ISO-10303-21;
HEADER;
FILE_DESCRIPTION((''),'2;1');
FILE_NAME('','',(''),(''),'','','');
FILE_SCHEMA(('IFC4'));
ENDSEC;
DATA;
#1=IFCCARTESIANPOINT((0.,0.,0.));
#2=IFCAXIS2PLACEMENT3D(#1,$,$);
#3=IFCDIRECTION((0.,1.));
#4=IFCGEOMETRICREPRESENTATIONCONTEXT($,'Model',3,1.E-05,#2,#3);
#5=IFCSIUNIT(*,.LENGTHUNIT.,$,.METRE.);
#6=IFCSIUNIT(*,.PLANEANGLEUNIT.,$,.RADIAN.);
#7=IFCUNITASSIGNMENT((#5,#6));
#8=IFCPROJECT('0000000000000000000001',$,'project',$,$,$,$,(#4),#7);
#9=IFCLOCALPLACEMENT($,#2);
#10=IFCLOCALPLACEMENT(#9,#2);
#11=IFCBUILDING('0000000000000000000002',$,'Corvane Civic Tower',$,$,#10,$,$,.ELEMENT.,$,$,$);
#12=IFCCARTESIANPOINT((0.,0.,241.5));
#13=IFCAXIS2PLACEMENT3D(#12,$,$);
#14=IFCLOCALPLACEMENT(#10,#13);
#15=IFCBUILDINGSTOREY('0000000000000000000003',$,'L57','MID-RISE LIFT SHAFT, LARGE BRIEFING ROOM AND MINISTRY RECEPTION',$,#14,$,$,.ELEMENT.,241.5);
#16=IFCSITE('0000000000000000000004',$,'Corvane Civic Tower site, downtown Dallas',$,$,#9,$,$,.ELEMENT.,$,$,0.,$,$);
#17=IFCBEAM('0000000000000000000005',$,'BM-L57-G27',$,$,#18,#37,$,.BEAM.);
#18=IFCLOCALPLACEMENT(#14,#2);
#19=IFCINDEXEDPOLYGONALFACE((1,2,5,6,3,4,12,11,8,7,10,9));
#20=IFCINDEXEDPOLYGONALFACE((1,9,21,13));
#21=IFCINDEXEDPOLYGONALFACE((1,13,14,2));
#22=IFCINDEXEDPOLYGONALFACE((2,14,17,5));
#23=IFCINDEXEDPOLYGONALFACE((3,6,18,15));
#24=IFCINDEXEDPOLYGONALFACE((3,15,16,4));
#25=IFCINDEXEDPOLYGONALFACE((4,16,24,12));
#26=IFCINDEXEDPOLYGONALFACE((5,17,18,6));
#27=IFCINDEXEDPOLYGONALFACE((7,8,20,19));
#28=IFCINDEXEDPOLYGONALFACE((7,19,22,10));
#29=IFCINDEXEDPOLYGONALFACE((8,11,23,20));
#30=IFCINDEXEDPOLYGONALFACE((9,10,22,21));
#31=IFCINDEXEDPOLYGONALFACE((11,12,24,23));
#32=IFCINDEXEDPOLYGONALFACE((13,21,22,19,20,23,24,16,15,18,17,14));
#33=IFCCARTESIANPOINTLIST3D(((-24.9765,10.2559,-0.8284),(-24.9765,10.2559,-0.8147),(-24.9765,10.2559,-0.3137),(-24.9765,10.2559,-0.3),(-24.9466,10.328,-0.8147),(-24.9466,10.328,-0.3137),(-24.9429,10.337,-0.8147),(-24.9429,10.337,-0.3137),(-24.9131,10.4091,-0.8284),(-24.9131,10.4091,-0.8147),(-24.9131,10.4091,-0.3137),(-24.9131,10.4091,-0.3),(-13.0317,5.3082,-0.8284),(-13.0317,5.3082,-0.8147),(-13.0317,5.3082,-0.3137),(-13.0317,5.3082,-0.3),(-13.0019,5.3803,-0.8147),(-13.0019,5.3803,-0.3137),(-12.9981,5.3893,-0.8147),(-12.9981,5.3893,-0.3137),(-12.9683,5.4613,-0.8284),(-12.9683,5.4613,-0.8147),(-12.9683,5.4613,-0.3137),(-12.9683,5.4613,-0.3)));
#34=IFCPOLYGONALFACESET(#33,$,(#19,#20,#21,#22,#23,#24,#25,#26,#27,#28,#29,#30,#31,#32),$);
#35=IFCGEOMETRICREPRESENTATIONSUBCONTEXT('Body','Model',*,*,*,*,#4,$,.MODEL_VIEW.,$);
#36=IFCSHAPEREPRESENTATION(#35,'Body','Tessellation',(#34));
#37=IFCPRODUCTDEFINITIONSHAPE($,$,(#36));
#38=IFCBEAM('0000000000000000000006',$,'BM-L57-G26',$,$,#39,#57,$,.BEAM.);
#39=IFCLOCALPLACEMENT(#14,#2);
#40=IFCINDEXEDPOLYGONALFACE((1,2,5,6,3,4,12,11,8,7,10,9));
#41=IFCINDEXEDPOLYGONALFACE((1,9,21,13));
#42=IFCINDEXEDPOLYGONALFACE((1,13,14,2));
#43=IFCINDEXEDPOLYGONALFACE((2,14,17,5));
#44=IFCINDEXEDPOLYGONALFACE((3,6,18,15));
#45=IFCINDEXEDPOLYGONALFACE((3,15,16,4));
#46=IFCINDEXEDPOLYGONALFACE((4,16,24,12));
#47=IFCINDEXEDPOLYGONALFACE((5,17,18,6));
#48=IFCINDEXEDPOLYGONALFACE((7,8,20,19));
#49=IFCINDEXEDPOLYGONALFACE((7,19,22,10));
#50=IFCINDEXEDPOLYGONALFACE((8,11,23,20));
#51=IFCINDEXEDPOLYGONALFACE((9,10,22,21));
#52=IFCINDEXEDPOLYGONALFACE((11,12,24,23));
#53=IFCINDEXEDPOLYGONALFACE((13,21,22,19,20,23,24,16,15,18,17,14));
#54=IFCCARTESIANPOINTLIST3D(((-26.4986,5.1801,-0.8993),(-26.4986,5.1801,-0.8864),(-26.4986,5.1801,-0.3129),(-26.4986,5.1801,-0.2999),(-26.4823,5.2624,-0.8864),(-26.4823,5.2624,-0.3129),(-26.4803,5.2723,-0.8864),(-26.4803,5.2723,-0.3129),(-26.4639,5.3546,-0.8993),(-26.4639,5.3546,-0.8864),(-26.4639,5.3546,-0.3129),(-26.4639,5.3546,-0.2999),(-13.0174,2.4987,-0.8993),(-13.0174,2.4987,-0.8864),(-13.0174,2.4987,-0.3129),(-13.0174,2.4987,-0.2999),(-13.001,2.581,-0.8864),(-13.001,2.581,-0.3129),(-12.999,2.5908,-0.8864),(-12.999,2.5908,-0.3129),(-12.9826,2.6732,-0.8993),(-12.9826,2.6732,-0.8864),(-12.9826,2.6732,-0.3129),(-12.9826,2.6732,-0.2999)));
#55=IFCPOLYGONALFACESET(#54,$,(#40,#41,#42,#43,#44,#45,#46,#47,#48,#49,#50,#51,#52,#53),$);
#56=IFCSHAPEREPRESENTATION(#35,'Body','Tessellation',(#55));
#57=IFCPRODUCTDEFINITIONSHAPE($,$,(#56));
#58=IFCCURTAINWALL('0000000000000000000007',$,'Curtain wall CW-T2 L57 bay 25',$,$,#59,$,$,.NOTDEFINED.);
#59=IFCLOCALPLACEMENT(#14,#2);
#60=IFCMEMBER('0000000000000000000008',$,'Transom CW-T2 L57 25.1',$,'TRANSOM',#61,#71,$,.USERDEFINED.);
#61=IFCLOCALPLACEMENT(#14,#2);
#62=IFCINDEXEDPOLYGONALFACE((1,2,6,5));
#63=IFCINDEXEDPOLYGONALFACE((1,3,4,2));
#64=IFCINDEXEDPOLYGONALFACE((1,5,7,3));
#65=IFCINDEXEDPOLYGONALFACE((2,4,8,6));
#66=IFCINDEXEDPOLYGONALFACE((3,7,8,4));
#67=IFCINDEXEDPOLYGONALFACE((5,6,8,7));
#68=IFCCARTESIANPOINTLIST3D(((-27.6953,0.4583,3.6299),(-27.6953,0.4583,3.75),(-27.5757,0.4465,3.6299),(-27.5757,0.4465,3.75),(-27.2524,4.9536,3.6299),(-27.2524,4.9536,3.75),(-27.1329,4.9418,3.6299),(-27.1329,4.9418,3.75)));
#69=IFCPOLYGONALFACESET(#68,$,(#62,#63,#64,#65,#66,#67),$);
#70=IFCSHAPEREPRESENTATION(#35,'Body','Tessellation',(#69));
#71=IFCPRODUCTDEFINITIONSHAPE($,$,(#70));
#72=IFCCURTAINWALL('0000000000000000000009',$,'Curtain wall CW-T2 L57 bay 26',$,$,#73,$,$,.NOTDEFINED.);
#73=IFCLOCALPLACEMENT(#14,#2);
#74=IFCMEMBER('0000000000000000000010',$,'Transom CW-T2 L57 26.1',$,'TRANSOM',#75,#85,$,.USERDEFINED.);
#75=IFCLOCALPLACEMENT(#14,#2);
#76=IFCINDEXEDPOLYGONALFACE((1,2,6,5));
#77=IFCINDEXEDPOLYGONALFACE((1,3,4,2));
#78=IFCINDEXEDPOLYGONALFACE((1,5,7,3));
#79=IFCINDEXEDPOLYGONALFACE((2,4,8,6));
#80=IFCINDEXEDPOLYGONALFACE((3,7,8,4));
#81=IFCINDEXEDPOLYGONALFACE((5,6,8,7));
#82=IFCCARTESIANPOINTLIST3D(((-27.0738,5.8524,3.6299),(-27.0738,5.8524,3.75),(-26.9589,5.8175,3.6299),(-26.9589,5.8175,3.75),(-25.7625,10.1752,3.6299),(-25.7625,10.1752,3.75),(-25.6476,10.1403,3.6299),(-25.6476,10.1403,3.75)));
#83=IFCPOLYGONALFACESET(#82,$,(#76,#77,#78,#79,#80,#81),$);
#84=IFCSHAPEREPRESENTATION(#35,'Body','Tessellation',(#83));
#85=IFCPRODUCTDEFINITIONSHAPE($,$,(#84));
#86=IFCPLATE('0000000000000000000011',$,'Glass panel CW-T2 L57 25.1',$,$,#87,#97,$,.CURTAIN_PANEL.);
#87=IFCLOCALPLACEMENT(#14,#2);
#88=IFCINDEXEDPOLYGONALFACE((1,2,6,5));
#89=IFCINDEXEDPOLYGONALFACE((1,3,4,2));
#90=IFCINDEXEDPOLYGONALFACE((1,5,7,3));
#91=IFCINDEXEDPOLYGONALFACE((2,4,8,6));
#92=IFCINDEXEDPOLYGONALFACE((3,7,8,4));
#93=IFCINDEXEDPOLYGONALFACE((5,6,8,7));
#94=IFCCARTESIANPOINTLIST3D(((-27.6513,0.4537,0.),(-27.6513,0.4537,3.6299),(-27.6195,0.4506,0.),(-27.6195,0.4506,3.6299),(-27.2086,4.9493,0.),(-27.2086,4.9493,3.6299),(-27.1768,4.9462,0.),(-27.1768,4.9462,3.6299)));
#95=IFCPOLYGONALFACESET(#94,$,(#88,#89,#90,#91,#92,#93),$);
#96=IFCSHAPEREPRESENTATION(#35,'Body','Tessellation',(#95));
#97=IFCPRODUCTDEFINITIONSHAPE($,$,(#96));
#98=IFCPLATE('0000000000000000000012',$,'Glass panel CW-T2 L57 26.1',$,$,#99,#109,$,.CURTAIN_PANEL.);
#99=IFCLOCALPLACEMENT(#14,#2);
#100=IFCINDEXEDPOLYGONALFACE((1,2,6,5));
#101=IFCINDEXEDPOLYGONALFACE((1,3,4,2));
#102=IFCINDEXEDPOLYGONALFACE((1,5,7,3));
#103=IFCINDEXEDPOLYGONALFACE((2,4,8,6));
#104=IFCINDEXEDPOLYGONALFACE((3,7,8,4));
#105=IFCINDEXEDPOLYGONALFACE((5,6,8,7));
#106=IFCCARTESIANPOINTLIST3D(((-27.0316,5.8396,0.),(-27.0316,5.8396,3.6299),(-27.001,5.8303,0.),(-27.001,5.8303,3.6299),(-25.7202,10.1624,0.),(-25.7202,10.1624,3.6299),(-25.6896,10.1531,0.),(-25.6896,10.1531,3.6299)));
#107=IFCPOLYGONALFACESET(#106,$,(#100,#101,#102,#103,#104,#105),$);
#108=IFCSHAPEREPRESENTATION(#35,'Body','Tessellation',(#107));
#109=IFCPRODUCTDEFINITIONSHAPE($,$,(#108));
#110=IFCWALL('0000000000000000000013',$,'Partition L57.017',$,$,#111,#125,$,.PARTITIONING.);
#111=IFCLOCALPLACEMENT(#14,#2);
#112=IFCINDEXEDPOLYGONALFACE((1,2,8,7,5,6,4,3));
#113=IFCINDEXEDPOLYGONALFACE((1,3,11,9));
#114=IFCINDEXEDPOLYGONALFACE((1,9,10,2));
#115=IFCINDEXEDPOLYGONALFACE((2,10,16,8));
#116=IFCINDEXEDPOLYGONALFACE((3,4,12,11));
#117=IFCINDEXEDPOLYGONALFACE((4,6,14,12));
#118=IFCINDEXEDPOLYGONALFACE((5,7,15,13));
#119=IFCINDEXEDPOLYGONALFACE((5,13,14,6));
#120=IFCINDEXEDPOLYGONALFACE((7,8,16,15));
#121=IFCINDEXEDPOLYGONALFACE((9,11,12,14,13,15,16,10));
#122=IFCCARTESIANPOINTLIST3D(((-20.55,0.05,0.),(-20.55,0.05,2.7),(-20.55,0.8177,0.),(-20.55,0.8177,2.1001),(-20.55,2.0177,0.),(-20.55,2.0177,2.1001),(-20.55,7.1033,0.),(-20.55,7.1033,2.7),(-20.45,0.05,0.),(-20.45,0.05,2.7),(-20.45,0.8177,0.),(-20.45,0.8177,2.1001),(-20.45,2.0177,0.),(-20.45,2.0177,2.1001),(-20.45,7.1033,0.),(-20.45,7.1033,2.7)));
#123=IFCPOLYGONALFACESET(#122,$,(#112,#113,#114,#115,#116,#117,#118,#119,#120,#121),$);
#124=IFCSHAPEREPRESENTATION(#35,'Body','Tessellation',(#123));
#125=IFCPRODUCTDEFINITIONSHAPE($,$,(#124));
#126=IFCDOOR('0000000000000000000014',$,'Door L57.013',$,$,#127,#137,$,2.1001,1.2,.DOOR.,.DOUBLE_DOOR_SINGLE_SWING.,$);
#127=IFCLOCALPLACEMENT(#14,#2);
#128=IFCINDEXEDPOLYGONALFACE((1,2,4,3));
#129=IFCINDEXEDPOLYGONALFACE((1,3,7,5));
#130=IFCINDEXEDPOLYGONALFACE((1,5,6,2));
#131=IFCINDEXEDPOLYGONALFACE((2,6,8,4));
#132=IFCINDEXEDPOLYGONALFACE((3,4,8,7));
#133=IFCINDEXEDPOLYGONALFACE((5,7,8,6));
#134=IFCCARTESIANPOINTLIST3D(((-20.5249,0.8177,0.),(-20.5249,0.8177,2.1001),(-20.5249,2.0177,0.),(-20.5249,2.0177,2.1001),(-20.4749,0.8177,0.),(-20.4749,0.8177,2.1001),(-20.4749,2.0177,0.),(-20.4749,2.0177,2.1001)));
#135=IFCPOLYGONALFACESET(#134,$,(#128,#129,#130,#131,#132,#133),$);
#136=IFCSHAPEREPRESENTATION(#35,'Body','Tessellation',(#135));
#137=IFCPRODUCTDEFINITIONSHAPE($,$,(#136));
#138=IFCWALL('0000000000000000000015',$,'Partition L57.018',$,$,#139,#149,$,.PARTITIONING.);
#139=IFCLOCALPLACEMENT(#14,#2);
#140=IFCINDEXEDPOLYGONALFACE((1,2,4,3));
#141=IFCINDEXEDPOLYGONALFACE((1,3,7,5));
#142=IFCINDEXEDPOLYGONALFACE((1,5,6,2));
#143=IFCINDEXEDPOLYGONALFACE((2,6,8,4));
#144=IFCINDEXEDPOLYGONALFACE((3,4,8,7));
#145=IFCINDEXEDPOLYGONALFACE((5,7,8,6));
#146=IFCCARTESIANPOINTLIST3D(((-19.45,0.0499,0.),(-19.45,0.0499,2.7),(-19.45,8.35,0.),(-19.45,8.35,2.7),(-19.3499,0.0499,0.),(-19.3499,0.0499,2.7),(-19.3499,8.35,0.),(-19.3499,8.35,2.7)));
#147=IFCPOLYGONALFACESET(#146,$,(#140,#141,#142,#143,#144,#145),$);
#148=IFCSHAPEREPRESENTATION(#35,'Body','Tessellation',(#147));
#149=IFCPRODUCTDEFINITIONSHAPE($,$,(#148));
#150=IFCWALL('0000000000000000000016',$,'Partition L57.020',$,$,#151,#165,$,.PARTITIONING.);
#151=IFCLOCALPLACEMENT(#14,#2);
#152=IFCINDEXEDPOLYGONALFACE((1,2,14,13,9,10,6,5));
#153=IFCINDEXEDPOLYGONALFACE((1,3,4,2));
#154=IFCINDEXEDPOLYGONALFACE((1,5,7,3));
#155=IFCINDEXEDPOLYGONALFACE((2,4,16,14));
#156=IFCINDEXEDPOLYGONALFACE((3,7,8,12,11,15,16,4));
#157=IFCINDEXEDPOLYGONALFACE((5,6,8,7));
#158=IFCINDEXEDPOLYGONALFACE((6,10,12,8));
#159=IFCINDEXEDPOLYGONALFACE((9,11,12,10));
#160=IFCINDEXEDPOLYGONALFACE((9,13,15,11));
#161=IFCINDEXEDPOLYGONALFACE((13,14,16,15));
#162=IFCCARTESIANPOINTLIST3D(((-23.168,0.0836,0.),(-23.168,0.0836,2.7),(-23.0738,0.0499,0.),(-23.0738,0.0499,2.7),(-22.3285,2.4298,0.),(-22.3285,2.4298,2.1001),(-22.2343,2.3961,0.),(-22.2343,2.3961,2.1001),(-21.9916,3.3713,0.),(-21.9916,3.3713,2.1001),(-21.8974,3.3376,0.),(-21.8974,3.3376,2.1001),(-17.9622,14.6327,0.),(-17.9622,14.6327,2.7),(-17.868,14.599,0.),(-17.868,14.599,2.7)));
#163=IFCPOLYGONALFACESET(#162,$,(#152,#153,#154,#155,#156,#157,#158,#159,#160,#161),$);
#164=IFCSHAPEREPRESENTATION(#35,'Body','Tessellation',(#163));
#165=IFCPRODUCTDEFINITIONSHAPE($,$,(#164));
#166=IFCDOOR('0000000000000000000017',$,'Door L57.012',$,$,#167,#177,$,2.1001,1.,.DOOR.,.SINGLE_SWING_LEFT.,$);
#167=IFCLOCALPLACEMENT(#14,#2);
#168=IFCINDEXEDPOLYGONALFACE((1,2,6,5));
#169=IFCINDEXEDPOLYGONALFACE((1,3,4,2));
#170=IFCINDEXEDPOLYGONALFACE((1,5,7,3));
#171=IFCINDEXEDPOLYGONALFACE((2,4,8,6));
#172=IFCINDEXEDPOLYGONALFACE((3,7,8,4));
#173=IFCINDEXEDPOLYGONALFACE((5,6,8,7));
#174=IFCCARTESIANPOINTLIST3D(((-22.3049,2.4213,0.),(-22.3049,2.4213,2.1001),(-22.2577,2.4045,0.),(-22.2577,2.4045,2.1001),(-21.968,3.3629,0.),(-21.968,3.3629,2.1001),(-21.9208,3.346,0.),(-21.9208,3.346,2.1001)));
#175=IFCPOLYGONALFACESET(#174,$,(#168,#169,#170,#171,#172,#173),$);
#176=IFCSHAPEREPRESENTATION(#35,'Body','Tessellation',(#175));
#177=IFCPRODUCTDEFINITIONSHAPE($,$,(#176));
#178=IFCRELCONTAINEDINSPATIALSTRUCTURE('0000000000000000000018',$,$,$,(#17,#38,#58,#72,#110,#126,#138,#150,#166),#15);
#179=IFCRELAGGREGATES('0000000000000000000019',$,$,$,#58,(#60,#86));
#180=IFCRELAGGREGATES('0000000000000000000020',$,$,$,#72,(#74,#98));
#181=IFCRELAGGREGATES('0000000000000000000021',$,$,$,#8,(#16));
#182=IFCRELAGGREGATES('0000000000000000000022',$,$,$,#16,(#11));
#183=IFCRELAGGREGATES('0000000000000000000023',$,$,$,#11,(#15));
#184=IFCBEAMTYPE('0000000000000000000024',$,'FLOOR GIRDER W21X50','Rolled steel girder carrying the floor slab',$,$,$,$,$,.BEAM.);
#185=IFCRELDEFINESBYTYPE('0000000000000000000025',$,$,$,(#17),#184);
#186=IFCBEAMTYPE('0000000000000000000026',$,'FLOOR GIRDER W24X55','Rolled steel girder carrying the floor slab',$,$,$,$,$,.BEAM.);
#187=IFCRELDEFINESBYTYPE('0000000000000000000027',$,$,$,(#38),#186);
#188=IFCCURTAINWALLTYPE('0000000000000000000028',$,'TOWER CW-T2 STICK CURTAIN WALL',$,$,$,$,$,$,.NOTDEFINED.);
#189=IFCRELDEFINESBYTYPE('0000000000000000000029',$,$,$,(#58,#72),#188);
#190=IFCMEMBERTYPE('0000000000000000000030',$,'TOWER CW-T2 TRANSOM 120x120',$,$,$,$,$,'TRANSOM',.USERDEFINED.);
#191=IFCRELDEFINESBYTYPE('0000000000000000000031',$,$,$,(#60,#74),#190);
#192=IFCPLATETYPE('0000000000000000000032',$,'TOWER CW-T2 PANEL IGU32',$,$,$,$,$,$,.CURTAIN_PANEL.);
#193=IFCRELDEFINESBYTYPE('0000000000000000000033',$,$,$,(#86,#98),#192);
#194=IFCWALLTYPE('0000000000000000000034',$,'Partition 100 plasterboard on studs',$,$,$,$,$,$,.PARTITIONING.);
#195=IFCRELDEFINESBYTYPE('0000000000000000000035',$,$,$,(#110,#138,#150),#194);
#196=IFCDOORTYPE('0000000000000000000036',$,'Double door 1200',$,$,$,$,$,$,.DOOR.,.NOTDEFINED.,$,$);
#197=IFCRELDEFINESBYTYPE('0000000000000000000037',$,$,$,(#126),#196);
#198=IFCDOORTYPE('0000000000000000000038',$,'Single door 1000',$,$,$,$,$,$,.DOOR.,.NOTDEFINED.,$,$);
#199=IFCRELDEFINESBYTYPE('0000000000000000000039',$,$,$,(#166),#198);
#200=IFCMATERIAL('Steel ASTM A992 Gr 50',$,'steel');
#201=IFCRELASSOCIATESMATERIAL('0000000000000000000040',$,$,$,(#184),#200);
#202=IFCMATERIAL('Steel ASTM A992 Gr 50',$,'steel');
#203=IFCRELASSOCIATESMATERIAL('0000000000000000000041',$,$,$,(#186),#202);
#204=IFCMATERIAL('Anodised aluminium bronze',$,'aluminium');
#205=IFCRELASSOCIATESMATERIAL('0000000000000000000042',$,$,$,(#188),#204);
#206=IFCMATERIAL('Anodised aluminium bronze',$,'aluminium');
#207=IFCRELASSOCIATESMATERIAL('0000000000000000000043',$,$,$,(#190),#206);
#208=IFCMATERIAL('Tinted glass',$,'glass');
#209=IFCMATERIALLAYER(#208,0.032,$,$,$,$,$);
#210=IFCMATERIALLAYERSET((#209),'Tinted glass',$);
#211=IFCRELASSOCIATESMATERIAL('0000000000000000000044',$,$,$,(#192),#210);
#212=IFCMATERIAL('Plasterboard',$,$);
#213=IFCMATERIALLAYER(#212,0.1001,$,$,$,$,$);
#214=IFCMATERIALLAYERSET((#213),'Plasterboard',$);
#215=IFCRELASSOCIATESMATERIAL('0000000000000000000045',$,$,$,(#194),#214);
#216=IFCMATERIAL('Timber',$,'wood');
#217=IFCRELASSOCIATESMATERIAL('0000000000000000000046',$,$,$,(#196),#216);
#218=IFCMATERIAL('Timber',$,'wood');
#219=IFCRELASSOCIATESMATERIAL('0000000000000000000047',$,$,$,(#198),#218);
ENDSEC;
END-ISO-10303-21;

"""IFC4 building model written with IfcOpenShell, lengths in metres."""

from ifc_helpers import new_model, si_unit, direction, frame, frame_2d, origin, origin_2d, place, context, subcontext, project, spatial, rectangle, i_section, extrude, material, layer, layer_set, material_profile, profile_set, type_object, element, fill, aggregate, save


model = new_model("IFC4")

# Units and contexts
model_context = context("Model", 3, precision=1e-05, world=origin(), true_north=direction((0.0, 1.0)))
body_context = subcontext(model_context, "Body", "Model", "MODEL_VIEW")
ifc_project = project(units=[si_unit("LENGTHUNIT", "METRE"), si_unit("PLANEANGLEUNIT", "RADIAN")], contexts=[model_context])

# Site, building, storey
site_placement = place(None, origin())
site = spatial("IfcSite", under=ifc_project, at=site_placement, Name="Corvane Civic Tower site, downtown Dallas", CompositionType="ELEMENT", RefElevation=0.0)
building_placement = place(site_placement, origin())
building = spatial("IfcBuilding", under=site, at=building_placement, Name="Corvane Civic Tower", CompositionType="ELEMENT")
storey_placement = place(building_placement, frame((0.0, 0.0, 241.5)))
storey = spatial("IfcBuildingStorey", under=building, at=storey_placement, Name="L57", Description="MID-RISE LIFT SHAFT, LARGE BRIEFING ROOM AND MINISTRY RECEPTION", CompositionType="ELEMENT", Elevation=241.5)

# Beams
ifc_material_1 = material(Name="Steel ASTM A992 Gr 50", Category="steel")
ifc_material_profile_1 = material_profile(ifc_material_1, i_section(OverallWidth=0.1658, OverallDepth=0.5283, WebThickness=0.0098, FlangeThickness=0.0137, at=origin_2d()), Name="W21X50")
ifc_profile_set_1 = profile_set([ifc_material_profile_1], Name="Steel ASTM A992 Gr 50")
beam_type_1 = type_object("IfcBeamType", Name="FLOOR GIRDER W21X50", Description="Rolled steel girder carrying the floor slab", PredefinedType="BEAM", material=ifc_profile_set_1)
beam_1_placement = place(storey_placement, frame((-13.0, 5.3848, -0.5642), z_axis=(-0.923878, 0.382686, 0.0), x_axis=(-0.382686, -0.923878, 0.0)))
element("IfcBeam", 1, at=beam_1_placement, inside=storey, type_object=beam_type_1, Name="BM-L57-G27", PredefinedType="BEAM", context=body_context, shape_type="SweptSolid", body=[
    extrude(i_section(OverallWidth=0.1658, OverallDepth=0.5283, WebThickness=0.0098, FlangeThickness=0.0137, at=origin_2d()), origin(), (0.0, 0.0, 1.0), 12.929),
])
ifc_material_2 = material(Name="Steel ASTM A992 Gr 50", Category="steel")
ifc_material_profile_2 = material_profile(ifc_material_2, i_section(OverallWidth=0.178, OverallDepth=0.5994, WebThickness=0.01, FlangeThickness=0.0129, at=origin_2d()), Name="W24X55")
ifc_profile_set_2 = profile_set([ifc_material_profile_2], Name="Steel ASTM A992 Gr 50")
beam_type_2 = type_object("IfcBeamType", Name="FLOOR GIRDER W24X55", Description="Rolled steel girder carrying the floor slab", PredefinedType="BEAM", material=ifc_profile_set_2)
beam_2_placement = place(storey_placement, frame((-13.0, 2.5859, -0.5996), z_axis=(-0.980788, 0.195078, 0.0), x_axis=(-0.195078, -0.980788, 0.0)))
element("IfcBeam", 2, at=beam_2_placement, inside=storey, type_object=beam_type_2, Name="BM-L57-G26", PredefinedType="BEAM", context=body_context, shape_type="SweptSolid", body=[
    extrude(i_section(OverallWidth=0.178, OverallDepth=0.5994, WebThickness=0.01, FlangeThickness=0.0129, at=origin_2d()), origin(), (0.0, 0.0, 1.0), 13.7454),
])

# Curtain walls, members
ifc_material_3 = material(Name="Anodised aluminium bronze", Category="aluminium")
curtain_wall_type = type_object("IfcCurtainWallType", Name="TOWER CW-T2 STICK CURTAIN WALL", PredefinedType="NOTDEFINED", material=ifc_material_3)
curtain_wall_1_placement = place(storey_placement, origin())
curtain_wall_1 = element("IfcCurtainWall", 3, at=curtain_wall_1_placement, inside=storey, type_object=curtain_wall_type, Name="Curtain wall CW-T2 L57 bay 25", PredefinedType="NOTDEFINED")
ifc_material_4 = material(Name="Anodised aluminium bronze", Category="aluminium")
ifc_material_profile_3 = material_profile(ifc_material_4, rectangle(XDim=0.1201, YDim=0.1201, at=origin_2d()), Name="TOWER CW-T2 TRANSOM 120x120")
ifc_profile_set_3 = profile_set([ifc_material_profile_3], Name="Anodised aluminium bronze")
member_type = type_object("IfcMemberType", Name="TOWER CW-T2 TRANSOM 120x120", ElementType="TRANSOM", PredefinedType="USERDEFINED", material=ifc_profile_set_3)
member_1_placement = place(storey_placement, frame((-27.6355, 0.4524, 3.6899), z_axis=(0.098043, 0.995182, 0.0), x_axis=(-0.995182, 0.098043, 0.0)))
member_1 = element("IfcMember", 4, at=member_1_placement, type_object=member_type, Name="Transom CW-T2 L57 25.1", ObjectType="TRANSOM", PredefinedType="USERDEFINED", context=body_context, shape_type="SweptSolid", body=[
    extrude(rectangle(XDim=0.1201, YDim=0.1201, at=origin_2d()), origin(), (0.0, 0.0, 1.0), 4.5171),
])
curtain_wall_2_placement = place(storey_placement, origin())
curtain_wall_2 = element("IfcCurtainWall", 5, at=curtain_wall_2_placement, inside=storey, type_object=curtain_wall_type, Name="Curtain wall CW-T2 L57 bay 26", PredefinedType="NOTDEFINED")
member_2_placement = place(storey_placement, frame((-27.0164, 5.835, 3.6899), z_axis=(0.290282, 0.956941, 0.0), x_axis=(-0.956941, 0.290282, 0.0)))
member_2 = element("IfcMember", 6, at=member_2_placement, type_object=member_type, Name="Transom CW-T2 L57 26.1", ObjectType="TRANSOM", PredefinedType="USERDEFINED", context=body_context, shape_type="SweptSolid", body=[
    extrude(rectangle(XDim=0.1201, YDim=0.1201, at=origin_2d()), origin(), (0.0, 0.0, 1.0), 4.5173),
])

# Plates
ifc_material_5 = material(Name="Tinted glass", Category="glass")
ifc_layer_1 = layer(ifc_material_5, 0.032)
ifc_layer_set_1 = layer_set([ifc_layer_1], Name="Tinted glass")
plate_type = type_object("IfcPlateType", Name="TOWER CW-T2 PANEL IGU32", PredefinedType="CURTAIN_PANEL", material=ifc_layer_set_1)
plate_1_placement = place(storey_placement, frame((-27.4141, 2.7, 0.0), z_axis=(0.0, 0.0, 1.0), x_axis=(0.097993, 0.995187, 0.0)))
plate_1 = element("IfcPlate", 7, at=plate_1_placement, type_object=plate_type, Name="Glass panel CW-T2 L57 25.1", PredefinedType="CURTAIN_PANEL", context=body_context, shape_type="SweptSolid", body=[
    extrude(rectangle(XDim=4.5173, YDim=0.032, at=origin_2d()), origin(), (0.0, 0.0, 1.0), 3.6299),
])
aggregate(curtain_wall_1, [member_1, plate_1])
plate_2_placement = place(storey_placement, frame((-26.3606, 7.9963, 0.0), z_axis=(0.0, 0.0, 1.0), x_axis=(0.29029, 0.956939, 0.0)))
plate_2 = element("IfcPlate", 8, at=plate_2_placement, type_object=plate_type, Name="Glass panel CW-T2 L57 26.1", PredefinedType="CURTAIN_PANEL", context=body_context, shape_type="SweptSolid", body=[
    extrude(rectangle(XDim=4.5173, YDim=0.032, at=origin_2d()), origin(), (0.0, 0.0, 1.0), 3.6299),
])
aggregate(curtain_wall_2, [member_2, plate_2])

# Wall, opening, door
ifc_material_6 = material(Name="Plasterboard")
ifc_layer_2 = layer(ifc_material_6, 0.1001)
ifc_layer_set_2 = layer_set([ifc_layer_2], Name="Plasterboard")
wall_type = type_object("IfcWallType", Name="Partition 100 plasterboard on studs", PredefinedType="PARTITIONING", material=ifc_layer_set_2)
wall_1_placement = place(storey_placement, frame((-20.5, 0.05, 0.0), z_axis=(0.0, 0.0, 1.0), x_axis=(0.0, 1.0, 0.0)))
wall_1 = element("IfcWall", 9, at=wall_1_placement, inside=storey, type_object=wall_type, Name="Partition L57.017", PredefinedType="PARTITIONING", context=body_context, shape_type="SweptSolid", body=[
    extrude(rectangle(XDim=7.0532, YDim=0.1001, at=frame_2d((3.5266, 0.0))), origin(), (0.0, 0.0, 1.0), 2.7),
])
opening_1_placement = place(wall_1_placement, frame((0.7676, 0.0, 0.0)))
opening_1 = element("IfcOpeningElement", 10, at=opening_1_placement, cuts=wall_1, PredefinedType="OPENING", context=body_context, shape_type="SweptSolid", body=[
    extrude(rectangle(XDim=1.2, YDim=2.1001, at=frame_2d((0.6001, 1.05))), frame((0.0, 0.0601, 0.0), z_axis=(0.0, -1.0, 0.0), x_axis=(1.0, 0.0, 0.0)), (0.0, 0.0, 1.0), 0.1201),
])
ifc_material_7 = material(Name="Timber", Category="wood")
door_type_1 = type_object("IfcDoorType", Name="Double door 1200", OperationType="NOTDEFINED", PredefinedType="DOOR", material=ifc_material_7)
door_1_placement = place(opening_1_placement, origin())
door_1 = element("IfcDoor", 11, at=door_1_placement, inside=storey, type_object=door_type_1, Name="Door L57.013", OperationType="DOUBLE_DOOR_SINGLE_SWING", OverallHeight=2.1001, OverallWidth=1.2, PredefinedType="DOOR", context=body_context, shape_type="SweptSolid", body=[
    extrude(rectangle(XDim=1.2, YDim=2.1001, at=frame_2d((0.6001, 1.05))), frame((0.0, 0.0249, 0.0), z_axis=(0.0, -1.0, 0.0), x_axis=(1.0, 0.0, 0.0)), (0.0, 0.0, 1.0), 0.05),
])
fill(opening_1, door_1)

# Wall
wall_2_placement = place(storey_placement, frame((-19.3999, 0.05, 0.0), z_axis=(0.0, 0.0, 1.0), x_axis=(0.0, 1.0, 0.0)))
element("IfcWall", 12, at=wall_2_placement, inside=storey, type_object=wall_type, Name="Partition L57.018", PredefinedType="PARTITIONING", context=body_context, shape_type="SweptSolid", body=[
    extrude(rectangle(XDim=8.3, YDim=0.1001, at=frame_2d((4.1499, 0.0))), origin(), (0.0, 0.0, 1.0), 2.7),
])

# Wall, opening, door
wall_3_placement = place(storey_placement, frame((-23.1208, 0.0669, 0.0), z_axis=(0.0, 0.0, 1.0), x_axis=(0.336894, 0.941543, 0.0)))
wall_3 = element("IfcWall", 13, at=wall_3_placement, inside=storey, type_object=wall_type, Name="Partition L57.020", PredefinedType="PARTITIONING", context=body_context, shape_type="SweptSolid", body=[
    extrude(rectangle(XDim=15.4524, YDim=0.1001, at=frame_2d((7.7261, 0.0))), origin(), (0.0, 0.0, 1.0), 2.7),
])
opening_2_placement = place(wall_3_placement, frame((2.4917, 0.0, 0.0)))
opening_2 = element("IfcOpeningElement", 14, at=opening_2_placement, cuts=wall_3, PredefinedType="OPENING", context=body_context, shape_type="SweptSolid", body=[
    extrude(rectangle(XDim=1.0, YDim=2.1001, at=frame_2d((0.5, 1.05))), frame((0.0, 0.0601, 0.0), z_axis=(0.0, -1.0, 0.0), x_axis=(1.0, 0.0, 0.0)), (0.0, 0.0, 1.0), 0.1201),
])
ifc_material_8 = material(Name="Timber", Category="wood")
door_type_2 = type_object("IfcDoorType", Name="Single door 1000", OperationType="NOTDEFINED", PredefinedType="DOOR", material=ifc_material_8)
door_2_placement = place(opening_2_placement, origin())
door_2 = element("IfcDoor", 15, at=door_2_placement, inside=storey, type_object=door_type_2, Name="Door L57.012", OperationType="SINGLE_SWING_LEFT", OverallHeight=2.1001, OverallWidth=1.0, PredefinedType="DOOR", context=body_context, shape_type="SweptSolid", body=[
    extrude(rectangle(XDim=1.0, YDim=2.1001, at=frame_2d((0.5, 1.05))), frame((0.0, 0.0249, 0.0), z_axis=(0.0, -1.0, 0.0), x_axis=(1.0, 0.0, 0.0)), (0.0, 0.0, 1.0), 0.05),
])
fill(opening_2, door_2)

save(model, "model.ifc")
